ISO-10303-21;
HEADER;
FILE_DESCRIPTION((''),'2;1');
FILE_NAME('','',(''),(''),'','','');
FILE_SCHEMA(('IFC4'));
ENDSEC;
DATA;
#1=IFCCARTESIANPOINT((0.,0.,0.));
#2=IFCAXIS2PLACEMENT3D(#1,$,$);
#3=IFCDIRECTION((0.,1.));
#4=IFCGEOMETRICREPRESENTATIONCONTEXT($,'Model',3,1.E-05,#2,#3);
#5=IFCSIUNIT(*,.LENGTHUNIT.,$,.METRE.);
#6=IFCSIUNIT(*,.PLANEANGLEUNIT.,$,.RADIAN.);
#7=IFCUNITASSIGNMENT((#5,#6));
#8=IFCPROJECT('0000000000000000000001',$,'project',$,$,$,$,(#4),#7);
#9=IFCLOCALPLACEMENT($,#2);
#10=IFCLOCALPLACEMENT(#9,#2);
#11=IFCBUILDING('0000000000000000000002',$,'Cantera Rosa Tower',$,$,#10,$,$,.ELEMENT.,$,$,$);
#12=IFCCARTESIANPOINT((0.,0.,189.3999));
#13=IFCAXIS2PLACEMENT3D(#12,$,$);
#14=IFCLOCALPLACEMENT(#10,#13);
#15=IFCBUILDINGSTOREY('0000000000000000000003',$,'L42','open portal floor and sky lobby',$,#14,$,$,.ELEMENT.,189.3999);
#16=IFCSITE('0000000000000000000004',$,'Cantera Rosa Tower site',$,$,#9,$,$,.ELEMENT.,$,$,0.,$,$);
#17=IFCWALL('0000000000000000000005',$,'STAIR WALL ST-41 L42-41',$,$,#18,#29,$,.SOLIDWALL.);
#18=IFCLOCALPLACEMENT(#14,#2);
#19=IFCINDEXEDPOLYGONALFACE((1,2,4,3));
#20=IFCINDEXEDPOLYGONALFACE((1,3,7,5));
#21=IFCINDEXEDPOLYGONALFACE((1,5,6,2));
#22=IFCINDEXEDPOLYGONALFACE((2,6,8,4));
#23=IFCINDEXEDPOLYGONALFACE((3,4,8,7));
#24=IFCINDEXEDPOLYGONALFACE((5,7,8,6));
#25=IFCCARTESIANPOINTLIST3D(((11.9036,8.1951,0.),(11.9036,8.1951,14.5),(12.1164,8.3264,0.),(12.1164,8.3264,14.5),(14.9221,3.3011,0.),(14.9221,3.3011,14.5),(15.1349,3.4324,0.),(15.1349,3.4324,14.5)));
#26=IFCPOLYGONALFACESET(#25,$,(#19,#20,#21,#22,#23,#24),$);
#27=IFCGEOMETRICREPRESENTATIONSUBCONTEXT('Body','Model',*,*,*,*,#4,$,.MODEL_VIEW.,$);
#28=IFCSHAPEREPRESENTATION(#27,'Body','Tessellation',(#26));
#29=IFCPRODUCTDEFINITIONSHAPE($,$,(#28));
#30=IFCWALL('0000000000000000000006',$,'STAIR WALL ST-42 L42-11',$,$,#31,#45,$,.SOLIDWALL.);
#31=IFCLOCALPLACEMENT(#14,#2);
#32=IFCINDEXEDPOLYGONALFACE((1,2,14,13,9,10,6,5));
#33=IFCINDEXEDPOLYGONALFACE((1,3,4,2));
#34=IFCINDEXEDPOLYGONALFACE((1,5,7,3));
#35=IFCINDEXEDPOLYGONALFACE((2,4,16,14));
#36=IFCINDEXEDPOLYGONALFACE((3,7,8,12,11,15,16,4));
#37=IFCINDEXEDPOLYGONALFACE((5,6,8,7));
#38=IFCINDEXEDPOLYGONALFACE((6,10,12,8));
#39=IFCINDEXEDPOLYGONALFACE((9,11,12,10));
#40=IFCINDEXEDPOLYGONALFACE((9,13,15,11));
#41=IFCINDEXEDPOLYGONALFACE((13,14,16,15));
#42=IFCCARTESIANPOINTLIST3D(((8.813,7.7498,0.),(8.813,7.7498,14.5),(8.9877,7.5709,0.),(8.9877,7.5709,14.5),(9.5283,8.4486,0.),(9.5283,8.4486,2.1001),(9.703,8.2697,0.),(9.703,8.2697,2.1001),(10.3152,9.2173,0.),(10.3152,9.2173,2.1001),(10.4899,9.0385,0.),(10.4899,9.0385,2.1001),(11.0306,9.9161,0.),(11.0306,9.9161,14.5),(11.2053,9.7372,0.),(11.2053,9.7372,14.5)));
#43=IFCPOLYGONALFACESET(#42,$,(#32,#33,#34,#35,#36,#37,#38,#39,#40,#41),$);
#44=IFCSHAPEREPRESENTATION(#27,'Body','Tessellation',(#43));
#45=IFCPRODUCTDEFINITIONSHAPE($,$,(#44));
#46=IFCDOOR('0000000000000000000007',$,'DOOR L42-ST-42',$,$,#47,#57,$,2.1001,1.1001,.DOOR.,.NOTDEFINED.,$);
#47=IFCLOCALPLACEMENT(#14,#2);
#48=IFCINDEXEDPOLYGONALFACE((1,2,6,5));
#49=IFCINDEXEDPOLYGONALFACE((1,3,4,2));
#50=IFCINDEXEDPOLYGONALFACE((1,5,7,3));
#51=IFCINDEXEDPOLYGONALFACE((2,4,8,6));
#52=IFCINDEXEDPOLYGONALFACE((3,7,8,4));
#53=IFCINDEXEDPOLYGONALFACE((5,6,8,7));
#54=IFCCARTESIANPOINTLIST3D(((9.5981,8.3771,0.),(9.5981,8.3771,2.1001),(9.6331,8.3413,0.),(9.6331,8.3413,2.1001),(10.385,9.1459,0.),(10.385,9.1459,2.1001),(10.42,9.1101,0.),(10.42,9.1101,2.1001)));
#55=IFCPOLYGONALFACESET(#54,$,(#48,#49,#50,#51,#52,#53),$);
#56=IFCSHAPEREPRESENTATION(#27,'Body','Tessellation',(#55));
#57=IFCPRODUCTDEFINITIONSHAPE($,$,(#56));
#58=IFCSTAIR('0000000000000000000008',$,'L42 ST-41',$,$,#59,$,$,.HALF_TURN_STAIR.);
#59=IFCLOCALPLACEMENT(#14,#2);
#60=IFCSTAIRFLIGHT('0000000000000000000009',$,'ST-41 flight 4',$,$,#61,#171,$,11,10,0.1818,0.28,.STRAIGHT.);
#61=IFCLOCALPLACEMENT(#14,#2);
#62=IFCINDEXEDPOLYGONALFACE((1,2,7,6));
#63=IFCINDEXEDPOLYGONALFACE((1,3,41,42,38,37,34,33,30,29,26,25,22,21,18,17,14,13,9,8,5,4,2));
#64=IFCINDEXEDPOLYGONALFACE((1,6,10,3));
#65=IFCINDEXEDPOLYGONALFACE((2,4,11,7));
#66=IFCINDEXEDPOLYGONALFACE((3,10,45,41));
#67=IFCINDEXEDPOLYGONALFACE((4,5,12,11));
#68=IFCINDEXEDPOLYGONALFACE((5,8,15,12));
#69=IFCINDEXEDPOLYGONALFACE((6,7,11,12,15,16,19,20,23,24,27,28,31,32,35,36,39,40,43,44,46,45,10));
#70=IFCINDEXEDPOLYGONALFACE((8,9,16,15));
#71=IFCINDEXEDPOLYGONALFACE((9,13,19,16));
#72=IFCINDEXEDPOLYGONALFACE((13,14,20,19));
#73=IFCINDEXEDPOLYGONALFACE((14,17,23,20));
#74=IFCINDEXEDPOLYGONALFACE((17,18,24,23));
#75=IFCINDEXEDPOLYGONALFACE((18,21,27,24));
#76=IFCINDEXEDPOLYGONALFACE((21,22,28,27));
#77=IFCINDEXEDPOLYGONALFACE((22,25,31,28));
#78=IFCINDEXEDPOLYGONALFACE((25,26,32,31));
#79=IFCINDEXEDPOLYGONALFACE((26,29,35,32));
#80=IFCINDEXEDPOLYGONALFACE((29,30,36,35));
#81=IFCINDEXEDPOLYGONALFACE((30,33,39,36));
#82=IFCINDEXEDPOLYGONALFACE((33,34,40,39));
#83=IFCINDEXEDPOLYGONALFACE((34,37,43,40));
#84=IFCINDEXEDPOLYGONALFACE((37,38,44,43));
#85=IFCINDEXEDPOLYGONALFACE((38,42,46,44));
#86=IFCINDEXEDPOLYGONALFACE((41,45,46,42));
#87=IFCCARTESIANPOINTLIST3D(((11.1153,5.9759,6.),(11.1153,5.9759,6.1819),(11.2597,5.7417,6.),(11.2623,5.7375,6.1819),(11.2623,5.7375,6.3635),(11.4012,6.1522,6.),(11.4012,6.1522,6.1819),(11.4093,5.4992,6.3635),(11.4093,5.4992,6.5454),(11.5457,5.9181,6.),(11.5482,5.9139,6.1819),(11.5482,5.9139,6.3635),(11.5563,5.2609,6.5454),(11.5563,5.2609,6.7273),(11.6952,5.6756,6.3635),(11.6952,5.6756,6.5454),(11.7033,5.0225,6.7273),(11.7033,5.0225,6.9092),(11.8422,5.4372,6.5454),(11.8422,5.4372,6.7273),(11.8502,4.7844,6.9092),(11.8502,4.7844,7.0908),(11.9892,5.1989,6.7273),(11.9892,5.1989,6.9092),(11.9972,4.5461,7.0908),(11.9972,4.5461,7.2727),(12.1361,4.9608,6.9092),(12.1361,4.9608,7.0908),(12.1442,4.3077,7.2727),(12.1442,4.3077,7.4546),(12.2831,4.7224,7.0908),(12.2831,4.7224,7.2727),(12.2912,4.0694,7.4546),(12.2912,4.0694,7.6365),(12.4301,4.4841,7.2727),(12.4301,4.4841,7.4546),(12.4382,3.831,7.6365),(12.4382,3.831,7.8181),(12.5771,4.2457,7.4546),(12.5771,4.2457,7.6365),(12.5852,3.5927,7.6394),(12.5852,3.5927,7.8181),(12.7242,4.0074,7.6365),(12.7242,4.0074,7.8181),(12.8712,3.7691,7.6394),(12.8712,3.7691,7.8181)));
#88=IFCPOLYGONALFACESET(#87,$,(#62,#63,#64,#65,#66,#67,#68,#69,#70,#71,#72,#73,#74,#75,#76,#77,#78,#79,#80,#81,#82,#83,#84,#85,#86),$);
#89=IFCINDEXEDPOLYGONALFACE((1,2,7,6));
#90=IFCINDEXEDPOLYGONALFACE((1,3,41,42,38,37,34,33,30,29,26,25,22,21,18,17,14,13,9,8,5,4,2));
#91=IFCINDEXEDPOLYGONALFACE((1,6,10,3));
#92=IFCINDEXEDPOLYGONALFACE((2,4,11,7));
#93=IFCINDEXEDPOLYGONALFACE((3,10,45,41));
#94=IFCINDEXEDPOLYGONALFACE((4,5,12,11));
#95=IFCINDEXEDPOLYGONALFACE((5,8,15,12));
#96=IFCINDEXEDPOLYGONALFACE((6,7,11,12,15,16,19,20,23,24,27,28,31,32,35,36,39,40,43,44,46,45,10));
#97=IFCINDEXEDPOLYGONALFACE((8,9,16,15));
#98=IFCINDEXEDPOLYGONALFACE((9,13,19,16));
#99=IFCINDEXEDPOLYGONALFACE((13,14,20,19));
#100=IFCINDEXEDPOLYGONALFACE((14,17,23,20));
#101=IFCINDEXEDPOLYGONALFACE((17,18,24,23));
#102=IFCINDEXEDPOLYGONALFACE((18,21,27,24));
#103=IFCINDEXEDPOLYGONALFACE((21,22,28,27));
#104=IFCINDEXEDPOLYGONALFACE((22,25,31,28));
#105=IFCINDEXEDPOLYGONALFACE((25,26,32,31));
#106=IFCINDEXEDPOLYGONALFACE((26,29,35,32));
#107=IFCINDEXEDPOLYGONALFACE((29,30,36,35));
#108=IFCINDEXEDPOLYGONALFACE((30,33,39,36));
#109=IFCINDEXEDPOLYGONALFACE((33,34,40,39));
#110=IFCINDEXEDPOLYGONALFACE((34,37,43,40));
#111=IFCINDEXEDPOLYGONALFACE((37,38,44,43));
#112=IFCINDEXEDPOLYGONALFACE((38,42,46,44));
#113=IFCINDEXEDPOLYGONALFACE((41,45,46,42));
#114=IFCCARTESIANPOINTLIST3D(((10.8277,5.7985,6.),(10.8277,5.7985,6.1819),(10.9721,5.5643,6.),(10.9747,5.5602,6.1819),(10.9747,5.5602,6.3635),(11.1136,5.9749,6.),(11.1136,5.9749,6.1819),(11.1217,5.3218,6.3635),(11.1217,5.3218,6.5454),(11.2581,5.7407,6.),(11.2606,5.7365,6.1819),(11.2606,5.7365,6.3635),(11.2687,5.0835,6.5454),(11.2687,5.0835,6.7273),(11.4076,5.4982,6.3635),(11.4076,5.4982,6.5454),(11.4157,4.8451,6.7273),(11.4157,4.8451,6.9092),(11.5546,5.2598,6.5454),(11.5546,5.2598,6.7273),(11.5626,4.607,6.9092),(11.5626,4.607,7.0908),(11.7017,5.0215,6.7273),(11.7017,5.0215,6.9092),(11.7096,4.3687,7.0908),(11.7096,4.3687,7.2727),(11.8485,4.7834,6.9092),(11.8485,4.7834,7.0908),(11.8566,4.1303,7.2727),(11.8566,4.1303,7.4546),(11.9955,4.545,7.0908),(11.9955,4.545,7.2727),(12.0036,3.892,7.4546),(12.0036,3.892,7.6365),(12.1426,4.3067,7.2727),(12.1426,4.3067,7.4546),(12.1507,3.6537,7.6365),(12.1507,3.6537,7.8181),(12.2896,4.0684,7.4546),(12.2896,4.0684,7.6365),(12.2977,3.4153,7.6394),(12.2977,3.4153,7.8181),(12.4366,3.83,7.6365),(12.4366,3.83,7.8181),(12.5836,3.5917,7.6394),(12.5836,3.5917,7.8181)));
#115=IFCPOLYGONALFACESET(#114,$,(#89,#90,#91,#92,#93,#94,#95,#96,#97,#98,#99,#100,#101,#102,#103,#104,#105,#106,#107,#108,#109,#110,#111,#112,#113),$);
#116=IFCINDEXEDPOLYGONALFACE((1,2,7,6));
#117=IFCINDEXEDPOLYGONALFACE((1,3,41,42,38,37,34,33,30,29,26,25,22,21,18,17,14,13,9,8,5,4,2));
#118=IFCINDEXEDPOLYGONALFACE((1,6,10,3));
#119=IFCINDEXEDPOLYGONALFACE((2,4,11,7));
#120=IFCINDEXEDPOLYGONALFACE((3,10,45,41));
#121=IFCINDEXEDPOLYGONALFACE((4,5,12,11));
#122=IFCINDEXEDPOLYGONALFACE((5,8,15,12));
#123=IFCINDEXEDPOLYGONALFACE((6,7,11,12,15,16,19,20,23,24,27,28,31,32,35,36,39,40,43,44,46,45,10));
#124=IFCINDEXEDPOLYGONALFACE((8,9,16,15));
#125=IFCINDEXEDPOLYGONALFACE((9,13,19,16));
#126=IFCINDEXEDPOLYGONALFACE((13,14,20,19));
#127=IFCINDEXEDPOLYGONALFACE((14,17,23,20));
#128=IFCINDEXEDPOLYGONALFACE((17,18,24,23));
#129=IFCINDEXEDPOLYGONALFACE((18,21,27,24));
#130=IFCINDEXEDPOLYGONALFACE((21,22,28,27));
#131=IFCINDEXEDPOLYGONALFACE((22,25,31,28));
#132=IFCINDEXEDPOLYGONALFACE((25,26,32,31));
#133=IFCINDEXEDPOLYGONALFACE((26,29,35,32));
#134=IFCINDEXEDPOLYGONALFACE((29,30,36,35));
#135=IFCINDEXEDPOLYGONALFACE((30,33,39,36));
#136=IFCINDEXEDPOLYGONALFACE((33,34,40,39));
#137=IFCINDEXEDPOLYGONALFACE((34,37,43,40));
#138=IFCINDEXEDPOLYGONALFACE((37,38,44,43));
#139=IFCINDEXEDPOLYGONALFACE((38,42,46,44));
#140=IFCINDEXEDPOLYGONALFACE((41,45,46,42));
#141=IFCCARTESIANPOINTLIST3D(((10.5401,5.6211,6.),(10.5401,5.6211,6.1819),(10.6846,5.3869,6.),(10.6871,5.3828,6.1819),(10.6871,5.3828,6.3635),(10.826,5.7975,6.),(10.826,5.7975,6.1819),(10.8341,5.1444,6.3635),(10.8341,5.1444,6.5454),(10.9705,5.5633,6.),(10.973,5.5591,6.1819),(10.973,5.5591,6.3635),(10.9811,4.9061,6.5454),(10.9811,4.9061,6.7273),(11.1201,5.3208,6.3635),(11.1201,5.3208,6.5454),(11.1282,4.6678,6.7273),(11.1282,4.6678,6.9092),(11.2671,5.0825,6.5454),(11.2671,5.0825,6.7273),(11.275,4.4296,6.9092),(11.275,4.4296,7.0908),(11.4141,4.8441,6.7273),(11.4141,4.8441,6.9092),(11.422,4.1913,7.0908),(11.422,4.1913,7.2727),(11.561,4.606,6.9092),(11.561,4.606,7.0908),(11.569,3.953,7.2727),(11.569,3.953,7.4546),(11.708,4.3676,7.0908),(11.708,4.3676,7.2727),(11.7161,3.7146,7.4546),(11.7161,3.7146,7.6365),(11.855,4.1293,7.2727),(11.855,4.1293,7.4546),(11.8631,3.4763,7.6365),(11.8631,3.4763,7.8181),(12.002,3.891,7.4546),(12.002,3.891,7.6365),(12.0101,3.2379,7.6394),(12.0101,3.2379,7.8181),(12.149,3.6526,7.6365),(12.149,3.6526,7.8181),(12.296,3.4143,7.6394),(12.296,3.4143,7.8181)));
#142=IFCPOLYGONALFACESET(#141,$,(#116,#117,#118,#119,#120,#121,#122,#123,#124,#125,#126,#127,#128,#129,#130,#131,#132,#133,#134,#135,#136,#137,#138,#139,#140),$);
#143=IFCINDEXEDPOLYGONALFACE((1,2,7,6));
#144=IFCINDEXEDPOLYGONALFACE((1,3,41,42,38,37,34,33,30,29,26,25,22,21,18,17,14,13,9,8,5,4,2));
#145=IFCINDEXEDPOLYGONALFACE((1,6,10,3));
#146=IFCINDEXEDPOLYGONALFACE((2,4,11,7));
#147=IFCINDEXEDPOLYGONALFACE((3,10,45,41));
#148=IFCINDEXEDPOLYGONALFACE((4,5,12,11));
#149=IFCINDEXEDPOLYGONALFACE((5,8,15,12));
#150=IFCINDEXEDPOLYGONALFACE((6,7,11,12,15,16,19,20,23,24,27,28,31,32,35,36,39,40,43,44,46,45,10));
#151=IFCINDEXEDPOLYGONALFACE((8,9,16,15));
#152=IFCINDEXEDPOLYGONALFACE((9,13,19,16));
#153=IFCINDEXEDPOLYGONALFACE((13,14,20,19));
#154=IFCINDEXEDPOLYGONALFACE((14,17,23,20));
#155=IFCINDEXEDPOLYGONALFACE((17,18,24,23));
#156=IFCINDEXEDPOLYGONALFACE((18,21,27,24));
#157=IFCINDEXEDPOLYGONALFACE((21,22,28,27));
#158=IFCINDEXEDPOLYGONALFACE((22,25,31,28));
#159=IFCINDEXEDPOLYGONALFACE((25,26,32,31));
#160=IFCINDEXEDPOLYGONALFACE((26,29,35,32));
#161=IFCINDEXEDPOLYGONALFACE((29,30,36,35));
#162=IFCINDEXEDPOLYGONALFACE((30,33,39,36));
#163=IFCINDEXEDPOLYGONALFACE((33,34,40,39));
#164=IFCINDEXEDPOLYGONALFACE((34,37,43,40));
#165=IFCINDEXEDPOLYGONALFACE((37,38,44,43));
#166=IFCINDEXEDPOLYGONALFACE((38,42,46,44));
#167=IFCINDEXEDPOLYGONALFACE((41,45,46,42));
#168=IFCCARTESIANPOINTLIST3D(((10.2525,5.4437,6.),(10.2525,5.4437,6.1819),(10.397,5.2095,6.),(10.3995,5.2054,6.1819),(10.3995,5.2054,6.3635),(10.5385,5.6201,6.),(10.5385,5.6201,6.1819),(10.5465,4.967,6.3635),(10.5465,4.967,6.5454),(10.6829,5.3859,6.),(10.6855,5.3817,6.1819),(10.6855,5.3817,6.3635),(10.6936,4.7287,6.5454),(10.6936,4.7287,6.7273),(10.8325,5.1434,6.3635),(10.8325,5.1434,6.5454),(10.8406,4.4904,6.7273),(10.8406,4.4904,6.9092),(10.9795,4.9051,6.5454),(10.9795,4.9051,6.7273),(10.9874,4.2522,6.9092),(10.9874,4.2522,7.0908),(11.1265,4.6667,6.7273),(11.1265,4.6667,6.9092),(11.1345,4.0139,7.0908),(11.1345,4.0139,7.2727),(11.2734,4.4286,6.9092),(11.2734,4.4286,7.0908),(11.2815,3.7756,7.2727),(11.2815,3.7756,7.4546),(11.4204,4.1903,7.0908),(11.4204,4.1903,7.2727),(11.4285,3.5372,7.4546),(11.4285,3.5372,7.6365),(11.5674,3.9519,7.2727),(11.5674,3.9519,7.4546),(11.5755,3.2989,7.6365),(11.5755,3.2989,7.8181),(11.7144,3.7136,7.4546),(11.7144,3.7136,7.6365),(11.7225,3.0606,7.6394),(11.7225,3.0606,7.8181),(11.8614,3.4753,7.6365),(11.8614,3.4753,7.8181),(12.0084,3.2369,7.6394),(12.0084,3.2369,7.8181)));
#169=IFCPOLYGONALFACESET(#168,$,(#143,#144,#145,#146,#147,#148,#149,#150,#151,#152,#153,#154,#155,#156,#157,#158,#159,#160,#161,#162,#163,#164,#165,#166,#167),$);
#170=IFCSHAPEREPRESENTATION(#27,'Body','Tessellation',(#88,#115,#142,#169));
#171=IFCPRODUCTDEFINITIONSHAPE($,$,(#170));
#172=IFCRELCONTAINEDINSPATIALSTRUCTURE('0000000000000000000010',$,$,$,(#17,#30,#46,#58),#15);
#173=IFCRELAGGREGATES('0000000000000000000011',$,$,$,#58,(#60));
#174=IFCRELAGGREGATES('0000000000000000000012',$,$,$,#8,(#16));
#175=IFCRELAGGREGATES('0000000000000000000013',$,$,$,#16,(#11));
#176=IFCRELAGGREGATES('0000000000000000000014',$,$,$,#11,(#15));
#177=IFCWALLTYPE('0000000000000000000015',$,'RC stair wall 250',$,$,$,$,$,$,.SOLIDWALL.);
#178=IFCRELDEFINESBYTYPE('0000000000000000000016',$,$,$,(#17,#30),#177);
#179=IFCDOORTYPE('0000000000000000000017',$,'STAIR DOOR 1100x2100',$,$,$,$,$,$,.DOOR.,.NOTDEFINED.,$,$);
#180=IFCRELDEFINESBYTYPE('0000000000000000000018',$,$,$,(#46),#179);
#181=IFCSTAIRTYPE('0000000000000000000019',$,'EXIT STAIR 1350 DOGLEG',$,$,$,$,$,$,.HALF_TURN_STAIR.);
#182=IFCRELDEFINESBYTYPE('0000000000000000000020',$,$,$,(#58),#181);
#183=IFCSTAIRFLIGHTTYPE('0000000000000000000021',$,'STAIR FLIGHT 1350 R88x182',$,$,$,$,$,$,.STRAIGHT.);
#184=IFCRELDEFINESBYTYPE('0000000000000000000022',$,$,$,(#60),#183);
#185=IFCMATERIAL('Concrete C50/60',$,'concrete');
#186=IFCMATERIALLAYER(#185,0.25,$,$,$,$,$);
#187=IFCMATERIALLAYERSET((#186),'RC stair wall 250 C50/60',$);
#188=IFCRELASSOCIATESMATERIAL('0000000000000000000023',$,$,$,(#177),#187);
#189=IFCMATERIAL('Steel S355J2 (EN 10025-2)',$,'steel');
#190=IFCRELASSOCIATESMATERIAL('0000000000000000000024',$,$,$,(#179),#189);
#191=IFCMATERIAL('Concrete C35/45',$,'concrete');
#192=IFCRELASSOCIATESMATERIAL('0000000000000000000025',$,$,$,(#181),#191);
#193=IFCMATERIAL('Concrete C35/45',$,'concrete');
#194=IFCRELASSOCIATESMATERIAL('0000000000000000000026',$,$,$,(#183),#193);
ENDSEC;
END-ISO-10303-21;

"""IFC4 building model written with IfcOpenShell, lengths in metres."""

from ifc_helpers import new_model, si_unit, direction, frame, frame_2d, origin, place, context, subcontext, project, spatial, polyline, rectangle, outline, extrude, material, layer, layer_set, type_object, element, fill, aggregate, save


model = new_model("IFC4")

# Units and contexts
model_context = context("Model", 3, precision=1e-05, world=origin(), true_north=direction((0.0, 1.0)))
body_context = subcontext(model_context, "Body", "Model", "MODEL_VIEW")
ifc_project = project(units=[si_unit("LENGTHUNIT", "METRE"), si_unit("PLANEANGLEUNIT", "RADIAN")], contexts=[model_context])

# Site, building, storey
site_placement = place(None, origin())
site = spatial("IfcSite", under=ifc_project, at=site_placement, Name="Cantera Rosa Tower site", CompositionType="ELEMENT", RefElevation=0.0)
building_placement = place(site_placement, origin())
building = spatial("IfcBuilding", under=site, at=building_placement, Name="Cantera Rosa Tower", CompositionType="ELEMENT")
storey_placement = place(building_placement, frame((0.0, 0.0, 189.3999)))
storey = spatial("IfcBuildingStorey", under=building, at=storey_placement, Name="L42", Description="open portal floor and sky lobby", CompositionType="ELEMENT", Elevation=189.3999)

# Wall
ifc_material_1 = material(Name="Concrete C50/60", Category="concrete")
ifc_layer = layer(ifc_material_1, 0.25)
ifc_layer_set = layer_set([ifc_layer], Name="RC stair wall 250 C50/60")
wall_type = type_object("IfcWallType", Name="RC stair wall 250", PredefinedType="SOLIDWALL", material=ifc_layer_set)
wall_1_placement = place(storey_placement, frame((12.01, 8.2607, 0.0), z_axis=(0.0, 0.0, 1.0), x_axis=(0.524959, -0.851127, 0.0)))
element("IfcWall", 1, at=wall_1_placement, inside=storey, type_object=wall_type, Name="STAIR WALL ST-41 L42-41", PredefinedType="SOLIDWALL", context=body_context, shape_type="SweptSolid", body=[
    extrude(rectangle(XDim=5.75, YDim=0.25, at=frame_2d((2.875, 0.0))), origin(), (0.0, 0.0, 1.0), 14.5),
])

# Wall, opening, door
wall_2_placement = place(storey_placement, frame((11.1179, 9.8267, 0.0), z_axis=(0.0, 0.0, 1.0), x_axis=(-0.715328, -0.698789, 0.0)))
wall_2 = element("IfcWall", 2, at=wall_2_placement, inside=storey, type_object=wall_type, Name="STAIR WALL ST-42 L42-11", PredefinedType="SOLIDWALL", context=body_context, shape_type="SweptSolid", body=[
    extrude(rectangle(XDim=3.1001, YDim=0.25, at=frame_2d((1.55, 0.0))), origin(), (0.0, 0.0, 1.0), 14.5),
])
opening_placement = place(wall_2_placement, frame((1.0, 0.0, 0.0)))
opening = element("IfcOpeningElement", 3, at=opening_placement, cuts=wall_2, PredefinedType="OPENING", context=body_context, shape_type="SweptSolid", body=[
    extrude(rectangle(XDim=1.1001, YDim=2.1001, at=frame_2d((0.55, 1.05))), frame((0.0, 0.135, 0.0), z_axis=(0.0, -1.0, 0.0), x_axis=(1.0, 0.0, 0.0)), (0.0, 0.0, 1.0), 0.27),
])
ifc_material_2 = material(Name="Steel S355J2 (EN 10025-2)", Category="steel")
door_type = type_object("IfcDoorType", Name="STAIR DOOR 1100x2100", OperationType="NOTDEFINED", PredefinedType="DOOR", material=ifc_material_2)
door_placement = place(opening_placement, origin())
door = element("IfcDoor", 4, at=door_placement, inside=storey, type_object=door_type, Name="DOOR L42-ST-42", OperationType="NOTDEFINED", OverallHeight=2.1001, OverallWidth=1.1001, PredefinedType="DOOR", context=body_context, shape_type="SweptSolid", body=[
    extrude(rectangle(XDim=1.1001, YDim=2.1001, at=frame_2d((0.55, 1.05))), frame((0.0, 0.0249, 0.0), z_axis=(0.0, -1.0, 0.0), x_axis=(1.0, 0.0, 0.0)), (0.0, 0.0, 1.0), 0.05),
])
fill(opening, door)

# Stair, stair flight
ifc_material_3 = material(Name="Concrete C35/45", Category="concrete")
stair_type = type_object("IfcStairType", Name="EXIT STAIR 1350 DOGLEG", PredefinedType="HALF_TURN_STAIR", material=ifc_material_3)
stair_placement = place(storey_placement, origin())
stair = element("IfcStair", 5, at=stair_placement, inside=storey, type_object=stair_type, Name="L42 ST-41", PredefinedType="HALF_TURN_STAIR")
ifc_material_4 = material(Name="Concrete C35/45", Category="concrete")
stair_flight_type = type_object("IfcStairFlightType", Name="STAIR FLIGHT 1350 R88x182", PredefinedType="STRAIGHT", material=ifc_material_4)
stair_flight_1_placement = place(storey_placement, frame((10.8267, 5.7979, 6.0), z_axis=(0.0, 0.0, 1.0), x_axis=(0.524977, -0.851117, 0.0)))
stair_flight_1 = element("IfcStairFlight", 6, at=stair_flight_1_placement, type_object=stair_flight_type, Name="ST-41 flight 4", NumberOfRisers=11, NumberOfTreads=10, PredefinedType="STRAIGHT", RiserHeight=0.1818, TreadLength=0.28, context=body_context, shape_type="SweptSolid", body=[
    extrude(outline(polyline([(0.0, 0.0), (0.0, 0.1819), (0.28, 0.1819), (0.28, 0.3635), (0.5601, 0.3635), (0.5601, 0.5454), (0.8401, 0.5454), (0.8401, 0.7273), (1.1201, 0.7273), (1.1201, 0.9092), (1.3999, 0.9092), (1.3999, 1.0908), (1.6799, 1.0908), (1.6799, 1.2727), (1.96, 1.2727), (1.96, 1.4546), (2.24, 1.4546), (2.24, 1.6365), (2.52, 1.6365), (2.52, 1.8181), (2.8, 1.8181), (2.8, 2.0), (2.8, 1.6394), (0.2751, 0.0), (0.0, 0.0)])), frame((0.0, 0.675, 0.0), z_axis=(0.0, -1.0, 0.0), x_axis=(1.0, 0.0, 0.0)), (0.0, 0.0, 1.0), 0.3359),
    extrude(outline(polyline([(0.0, 0.0), (0.0, 0.1819), (0.28, 0.1819), (0.28, 0.3635), (0.5601, 0.3635), (0.5601, 0.5454), (0.8401, 0.5454), (0.8401, 0.7273), (1.1201, 0.7273), (1.1201, 0.9092), (1.3999, 0.9092), (1.3999, 1.0908), (1.6799, 1.0908), (1.6799, 1.2727), (1.96, 1.2727), (1.96, 1.4546), (2.24, 1.4546), (2.24, 1.6365), (2.52, 1.6365), (2.52, 1.8181), (2.8, 1.8181), (2.8, 2.0), (2.8, 1.6394), (0.2751, 0.0), (0.0, 0.0)])), frame((0.0, 0.3372, 0.0), z_axis=(0.0, -1.0, 0.0), x_axis=(1.0, 0.0, 0.0)), (0.0, 0.0, 1.0), 0.3359),
    extrude(outline(polyline([(0.0, 0.0), (0.0, 0.1819), (0.28, 0.1819), (0.28, 0.3635), (0.5601, 0.3635), (0.5601, 0.5454), (0.8401, 0.5454), (0.8401, 0.7273), (1.1201, 0.7273), (1.1201, 0.9092), (1.3999, 0.9092), (1.3999, 1.0908), (1.6799, 1.0908), (1.6799, 1.2727), (1.96, 1.2727), (1.96, 1.4546), (2.24, 1.4546), (2.24, 1.6365), (2.52, 1.6365), (2.52, 1.8181), (2.8, 1.8181), (2.8, 2.0), (2.8, 1.6394), (0.2751, 0.0), (0.0, 0.0)])), frame((0.0, -0.0007, 0.0), z_axis=(0.0, -1.0, 0.0), x_axis=(1.0, 0.0, 0.0)), (0.0, 0.0, 1.0), 0.3359),
    extrude(outline(polyline([(0.0, 0.0), (0.0, 0.1819), (0.28, 0.1819), (0.28, 0.3635), (0.5601, 0.3635), (0.5601, 0.5454), (0.8401, 0.5454), (0.8401, 0.7273), (1.1201, 0.7273), (1.1201, 0.9092), (1.3999, 0.9092), (1.3999, 1.0908), (1.6799, 1.0908), (1.6799, 1.2727), (1.96, 1.2727), (1.96, 1.4546), (2.24, 1.4546), (2.24, 1.6365), (2.52, 1.6365), (2.52, 1.8181), (2.8, 1.8181), (2.8, 2.0), (2.8, 1.6394), (0.2751, 0.0), (0.0, 0.0)])), frame((0.0, -0.3386, 0.0), z_axis=(0.0, -1.0, 0.0), x_axis=(1.0, 0.0, 0.0)), (0.0, 0.0, 1.0), 0.3359),
])
aggregate(stair, [stair_flight_1])

save(model, "model.ifc")
